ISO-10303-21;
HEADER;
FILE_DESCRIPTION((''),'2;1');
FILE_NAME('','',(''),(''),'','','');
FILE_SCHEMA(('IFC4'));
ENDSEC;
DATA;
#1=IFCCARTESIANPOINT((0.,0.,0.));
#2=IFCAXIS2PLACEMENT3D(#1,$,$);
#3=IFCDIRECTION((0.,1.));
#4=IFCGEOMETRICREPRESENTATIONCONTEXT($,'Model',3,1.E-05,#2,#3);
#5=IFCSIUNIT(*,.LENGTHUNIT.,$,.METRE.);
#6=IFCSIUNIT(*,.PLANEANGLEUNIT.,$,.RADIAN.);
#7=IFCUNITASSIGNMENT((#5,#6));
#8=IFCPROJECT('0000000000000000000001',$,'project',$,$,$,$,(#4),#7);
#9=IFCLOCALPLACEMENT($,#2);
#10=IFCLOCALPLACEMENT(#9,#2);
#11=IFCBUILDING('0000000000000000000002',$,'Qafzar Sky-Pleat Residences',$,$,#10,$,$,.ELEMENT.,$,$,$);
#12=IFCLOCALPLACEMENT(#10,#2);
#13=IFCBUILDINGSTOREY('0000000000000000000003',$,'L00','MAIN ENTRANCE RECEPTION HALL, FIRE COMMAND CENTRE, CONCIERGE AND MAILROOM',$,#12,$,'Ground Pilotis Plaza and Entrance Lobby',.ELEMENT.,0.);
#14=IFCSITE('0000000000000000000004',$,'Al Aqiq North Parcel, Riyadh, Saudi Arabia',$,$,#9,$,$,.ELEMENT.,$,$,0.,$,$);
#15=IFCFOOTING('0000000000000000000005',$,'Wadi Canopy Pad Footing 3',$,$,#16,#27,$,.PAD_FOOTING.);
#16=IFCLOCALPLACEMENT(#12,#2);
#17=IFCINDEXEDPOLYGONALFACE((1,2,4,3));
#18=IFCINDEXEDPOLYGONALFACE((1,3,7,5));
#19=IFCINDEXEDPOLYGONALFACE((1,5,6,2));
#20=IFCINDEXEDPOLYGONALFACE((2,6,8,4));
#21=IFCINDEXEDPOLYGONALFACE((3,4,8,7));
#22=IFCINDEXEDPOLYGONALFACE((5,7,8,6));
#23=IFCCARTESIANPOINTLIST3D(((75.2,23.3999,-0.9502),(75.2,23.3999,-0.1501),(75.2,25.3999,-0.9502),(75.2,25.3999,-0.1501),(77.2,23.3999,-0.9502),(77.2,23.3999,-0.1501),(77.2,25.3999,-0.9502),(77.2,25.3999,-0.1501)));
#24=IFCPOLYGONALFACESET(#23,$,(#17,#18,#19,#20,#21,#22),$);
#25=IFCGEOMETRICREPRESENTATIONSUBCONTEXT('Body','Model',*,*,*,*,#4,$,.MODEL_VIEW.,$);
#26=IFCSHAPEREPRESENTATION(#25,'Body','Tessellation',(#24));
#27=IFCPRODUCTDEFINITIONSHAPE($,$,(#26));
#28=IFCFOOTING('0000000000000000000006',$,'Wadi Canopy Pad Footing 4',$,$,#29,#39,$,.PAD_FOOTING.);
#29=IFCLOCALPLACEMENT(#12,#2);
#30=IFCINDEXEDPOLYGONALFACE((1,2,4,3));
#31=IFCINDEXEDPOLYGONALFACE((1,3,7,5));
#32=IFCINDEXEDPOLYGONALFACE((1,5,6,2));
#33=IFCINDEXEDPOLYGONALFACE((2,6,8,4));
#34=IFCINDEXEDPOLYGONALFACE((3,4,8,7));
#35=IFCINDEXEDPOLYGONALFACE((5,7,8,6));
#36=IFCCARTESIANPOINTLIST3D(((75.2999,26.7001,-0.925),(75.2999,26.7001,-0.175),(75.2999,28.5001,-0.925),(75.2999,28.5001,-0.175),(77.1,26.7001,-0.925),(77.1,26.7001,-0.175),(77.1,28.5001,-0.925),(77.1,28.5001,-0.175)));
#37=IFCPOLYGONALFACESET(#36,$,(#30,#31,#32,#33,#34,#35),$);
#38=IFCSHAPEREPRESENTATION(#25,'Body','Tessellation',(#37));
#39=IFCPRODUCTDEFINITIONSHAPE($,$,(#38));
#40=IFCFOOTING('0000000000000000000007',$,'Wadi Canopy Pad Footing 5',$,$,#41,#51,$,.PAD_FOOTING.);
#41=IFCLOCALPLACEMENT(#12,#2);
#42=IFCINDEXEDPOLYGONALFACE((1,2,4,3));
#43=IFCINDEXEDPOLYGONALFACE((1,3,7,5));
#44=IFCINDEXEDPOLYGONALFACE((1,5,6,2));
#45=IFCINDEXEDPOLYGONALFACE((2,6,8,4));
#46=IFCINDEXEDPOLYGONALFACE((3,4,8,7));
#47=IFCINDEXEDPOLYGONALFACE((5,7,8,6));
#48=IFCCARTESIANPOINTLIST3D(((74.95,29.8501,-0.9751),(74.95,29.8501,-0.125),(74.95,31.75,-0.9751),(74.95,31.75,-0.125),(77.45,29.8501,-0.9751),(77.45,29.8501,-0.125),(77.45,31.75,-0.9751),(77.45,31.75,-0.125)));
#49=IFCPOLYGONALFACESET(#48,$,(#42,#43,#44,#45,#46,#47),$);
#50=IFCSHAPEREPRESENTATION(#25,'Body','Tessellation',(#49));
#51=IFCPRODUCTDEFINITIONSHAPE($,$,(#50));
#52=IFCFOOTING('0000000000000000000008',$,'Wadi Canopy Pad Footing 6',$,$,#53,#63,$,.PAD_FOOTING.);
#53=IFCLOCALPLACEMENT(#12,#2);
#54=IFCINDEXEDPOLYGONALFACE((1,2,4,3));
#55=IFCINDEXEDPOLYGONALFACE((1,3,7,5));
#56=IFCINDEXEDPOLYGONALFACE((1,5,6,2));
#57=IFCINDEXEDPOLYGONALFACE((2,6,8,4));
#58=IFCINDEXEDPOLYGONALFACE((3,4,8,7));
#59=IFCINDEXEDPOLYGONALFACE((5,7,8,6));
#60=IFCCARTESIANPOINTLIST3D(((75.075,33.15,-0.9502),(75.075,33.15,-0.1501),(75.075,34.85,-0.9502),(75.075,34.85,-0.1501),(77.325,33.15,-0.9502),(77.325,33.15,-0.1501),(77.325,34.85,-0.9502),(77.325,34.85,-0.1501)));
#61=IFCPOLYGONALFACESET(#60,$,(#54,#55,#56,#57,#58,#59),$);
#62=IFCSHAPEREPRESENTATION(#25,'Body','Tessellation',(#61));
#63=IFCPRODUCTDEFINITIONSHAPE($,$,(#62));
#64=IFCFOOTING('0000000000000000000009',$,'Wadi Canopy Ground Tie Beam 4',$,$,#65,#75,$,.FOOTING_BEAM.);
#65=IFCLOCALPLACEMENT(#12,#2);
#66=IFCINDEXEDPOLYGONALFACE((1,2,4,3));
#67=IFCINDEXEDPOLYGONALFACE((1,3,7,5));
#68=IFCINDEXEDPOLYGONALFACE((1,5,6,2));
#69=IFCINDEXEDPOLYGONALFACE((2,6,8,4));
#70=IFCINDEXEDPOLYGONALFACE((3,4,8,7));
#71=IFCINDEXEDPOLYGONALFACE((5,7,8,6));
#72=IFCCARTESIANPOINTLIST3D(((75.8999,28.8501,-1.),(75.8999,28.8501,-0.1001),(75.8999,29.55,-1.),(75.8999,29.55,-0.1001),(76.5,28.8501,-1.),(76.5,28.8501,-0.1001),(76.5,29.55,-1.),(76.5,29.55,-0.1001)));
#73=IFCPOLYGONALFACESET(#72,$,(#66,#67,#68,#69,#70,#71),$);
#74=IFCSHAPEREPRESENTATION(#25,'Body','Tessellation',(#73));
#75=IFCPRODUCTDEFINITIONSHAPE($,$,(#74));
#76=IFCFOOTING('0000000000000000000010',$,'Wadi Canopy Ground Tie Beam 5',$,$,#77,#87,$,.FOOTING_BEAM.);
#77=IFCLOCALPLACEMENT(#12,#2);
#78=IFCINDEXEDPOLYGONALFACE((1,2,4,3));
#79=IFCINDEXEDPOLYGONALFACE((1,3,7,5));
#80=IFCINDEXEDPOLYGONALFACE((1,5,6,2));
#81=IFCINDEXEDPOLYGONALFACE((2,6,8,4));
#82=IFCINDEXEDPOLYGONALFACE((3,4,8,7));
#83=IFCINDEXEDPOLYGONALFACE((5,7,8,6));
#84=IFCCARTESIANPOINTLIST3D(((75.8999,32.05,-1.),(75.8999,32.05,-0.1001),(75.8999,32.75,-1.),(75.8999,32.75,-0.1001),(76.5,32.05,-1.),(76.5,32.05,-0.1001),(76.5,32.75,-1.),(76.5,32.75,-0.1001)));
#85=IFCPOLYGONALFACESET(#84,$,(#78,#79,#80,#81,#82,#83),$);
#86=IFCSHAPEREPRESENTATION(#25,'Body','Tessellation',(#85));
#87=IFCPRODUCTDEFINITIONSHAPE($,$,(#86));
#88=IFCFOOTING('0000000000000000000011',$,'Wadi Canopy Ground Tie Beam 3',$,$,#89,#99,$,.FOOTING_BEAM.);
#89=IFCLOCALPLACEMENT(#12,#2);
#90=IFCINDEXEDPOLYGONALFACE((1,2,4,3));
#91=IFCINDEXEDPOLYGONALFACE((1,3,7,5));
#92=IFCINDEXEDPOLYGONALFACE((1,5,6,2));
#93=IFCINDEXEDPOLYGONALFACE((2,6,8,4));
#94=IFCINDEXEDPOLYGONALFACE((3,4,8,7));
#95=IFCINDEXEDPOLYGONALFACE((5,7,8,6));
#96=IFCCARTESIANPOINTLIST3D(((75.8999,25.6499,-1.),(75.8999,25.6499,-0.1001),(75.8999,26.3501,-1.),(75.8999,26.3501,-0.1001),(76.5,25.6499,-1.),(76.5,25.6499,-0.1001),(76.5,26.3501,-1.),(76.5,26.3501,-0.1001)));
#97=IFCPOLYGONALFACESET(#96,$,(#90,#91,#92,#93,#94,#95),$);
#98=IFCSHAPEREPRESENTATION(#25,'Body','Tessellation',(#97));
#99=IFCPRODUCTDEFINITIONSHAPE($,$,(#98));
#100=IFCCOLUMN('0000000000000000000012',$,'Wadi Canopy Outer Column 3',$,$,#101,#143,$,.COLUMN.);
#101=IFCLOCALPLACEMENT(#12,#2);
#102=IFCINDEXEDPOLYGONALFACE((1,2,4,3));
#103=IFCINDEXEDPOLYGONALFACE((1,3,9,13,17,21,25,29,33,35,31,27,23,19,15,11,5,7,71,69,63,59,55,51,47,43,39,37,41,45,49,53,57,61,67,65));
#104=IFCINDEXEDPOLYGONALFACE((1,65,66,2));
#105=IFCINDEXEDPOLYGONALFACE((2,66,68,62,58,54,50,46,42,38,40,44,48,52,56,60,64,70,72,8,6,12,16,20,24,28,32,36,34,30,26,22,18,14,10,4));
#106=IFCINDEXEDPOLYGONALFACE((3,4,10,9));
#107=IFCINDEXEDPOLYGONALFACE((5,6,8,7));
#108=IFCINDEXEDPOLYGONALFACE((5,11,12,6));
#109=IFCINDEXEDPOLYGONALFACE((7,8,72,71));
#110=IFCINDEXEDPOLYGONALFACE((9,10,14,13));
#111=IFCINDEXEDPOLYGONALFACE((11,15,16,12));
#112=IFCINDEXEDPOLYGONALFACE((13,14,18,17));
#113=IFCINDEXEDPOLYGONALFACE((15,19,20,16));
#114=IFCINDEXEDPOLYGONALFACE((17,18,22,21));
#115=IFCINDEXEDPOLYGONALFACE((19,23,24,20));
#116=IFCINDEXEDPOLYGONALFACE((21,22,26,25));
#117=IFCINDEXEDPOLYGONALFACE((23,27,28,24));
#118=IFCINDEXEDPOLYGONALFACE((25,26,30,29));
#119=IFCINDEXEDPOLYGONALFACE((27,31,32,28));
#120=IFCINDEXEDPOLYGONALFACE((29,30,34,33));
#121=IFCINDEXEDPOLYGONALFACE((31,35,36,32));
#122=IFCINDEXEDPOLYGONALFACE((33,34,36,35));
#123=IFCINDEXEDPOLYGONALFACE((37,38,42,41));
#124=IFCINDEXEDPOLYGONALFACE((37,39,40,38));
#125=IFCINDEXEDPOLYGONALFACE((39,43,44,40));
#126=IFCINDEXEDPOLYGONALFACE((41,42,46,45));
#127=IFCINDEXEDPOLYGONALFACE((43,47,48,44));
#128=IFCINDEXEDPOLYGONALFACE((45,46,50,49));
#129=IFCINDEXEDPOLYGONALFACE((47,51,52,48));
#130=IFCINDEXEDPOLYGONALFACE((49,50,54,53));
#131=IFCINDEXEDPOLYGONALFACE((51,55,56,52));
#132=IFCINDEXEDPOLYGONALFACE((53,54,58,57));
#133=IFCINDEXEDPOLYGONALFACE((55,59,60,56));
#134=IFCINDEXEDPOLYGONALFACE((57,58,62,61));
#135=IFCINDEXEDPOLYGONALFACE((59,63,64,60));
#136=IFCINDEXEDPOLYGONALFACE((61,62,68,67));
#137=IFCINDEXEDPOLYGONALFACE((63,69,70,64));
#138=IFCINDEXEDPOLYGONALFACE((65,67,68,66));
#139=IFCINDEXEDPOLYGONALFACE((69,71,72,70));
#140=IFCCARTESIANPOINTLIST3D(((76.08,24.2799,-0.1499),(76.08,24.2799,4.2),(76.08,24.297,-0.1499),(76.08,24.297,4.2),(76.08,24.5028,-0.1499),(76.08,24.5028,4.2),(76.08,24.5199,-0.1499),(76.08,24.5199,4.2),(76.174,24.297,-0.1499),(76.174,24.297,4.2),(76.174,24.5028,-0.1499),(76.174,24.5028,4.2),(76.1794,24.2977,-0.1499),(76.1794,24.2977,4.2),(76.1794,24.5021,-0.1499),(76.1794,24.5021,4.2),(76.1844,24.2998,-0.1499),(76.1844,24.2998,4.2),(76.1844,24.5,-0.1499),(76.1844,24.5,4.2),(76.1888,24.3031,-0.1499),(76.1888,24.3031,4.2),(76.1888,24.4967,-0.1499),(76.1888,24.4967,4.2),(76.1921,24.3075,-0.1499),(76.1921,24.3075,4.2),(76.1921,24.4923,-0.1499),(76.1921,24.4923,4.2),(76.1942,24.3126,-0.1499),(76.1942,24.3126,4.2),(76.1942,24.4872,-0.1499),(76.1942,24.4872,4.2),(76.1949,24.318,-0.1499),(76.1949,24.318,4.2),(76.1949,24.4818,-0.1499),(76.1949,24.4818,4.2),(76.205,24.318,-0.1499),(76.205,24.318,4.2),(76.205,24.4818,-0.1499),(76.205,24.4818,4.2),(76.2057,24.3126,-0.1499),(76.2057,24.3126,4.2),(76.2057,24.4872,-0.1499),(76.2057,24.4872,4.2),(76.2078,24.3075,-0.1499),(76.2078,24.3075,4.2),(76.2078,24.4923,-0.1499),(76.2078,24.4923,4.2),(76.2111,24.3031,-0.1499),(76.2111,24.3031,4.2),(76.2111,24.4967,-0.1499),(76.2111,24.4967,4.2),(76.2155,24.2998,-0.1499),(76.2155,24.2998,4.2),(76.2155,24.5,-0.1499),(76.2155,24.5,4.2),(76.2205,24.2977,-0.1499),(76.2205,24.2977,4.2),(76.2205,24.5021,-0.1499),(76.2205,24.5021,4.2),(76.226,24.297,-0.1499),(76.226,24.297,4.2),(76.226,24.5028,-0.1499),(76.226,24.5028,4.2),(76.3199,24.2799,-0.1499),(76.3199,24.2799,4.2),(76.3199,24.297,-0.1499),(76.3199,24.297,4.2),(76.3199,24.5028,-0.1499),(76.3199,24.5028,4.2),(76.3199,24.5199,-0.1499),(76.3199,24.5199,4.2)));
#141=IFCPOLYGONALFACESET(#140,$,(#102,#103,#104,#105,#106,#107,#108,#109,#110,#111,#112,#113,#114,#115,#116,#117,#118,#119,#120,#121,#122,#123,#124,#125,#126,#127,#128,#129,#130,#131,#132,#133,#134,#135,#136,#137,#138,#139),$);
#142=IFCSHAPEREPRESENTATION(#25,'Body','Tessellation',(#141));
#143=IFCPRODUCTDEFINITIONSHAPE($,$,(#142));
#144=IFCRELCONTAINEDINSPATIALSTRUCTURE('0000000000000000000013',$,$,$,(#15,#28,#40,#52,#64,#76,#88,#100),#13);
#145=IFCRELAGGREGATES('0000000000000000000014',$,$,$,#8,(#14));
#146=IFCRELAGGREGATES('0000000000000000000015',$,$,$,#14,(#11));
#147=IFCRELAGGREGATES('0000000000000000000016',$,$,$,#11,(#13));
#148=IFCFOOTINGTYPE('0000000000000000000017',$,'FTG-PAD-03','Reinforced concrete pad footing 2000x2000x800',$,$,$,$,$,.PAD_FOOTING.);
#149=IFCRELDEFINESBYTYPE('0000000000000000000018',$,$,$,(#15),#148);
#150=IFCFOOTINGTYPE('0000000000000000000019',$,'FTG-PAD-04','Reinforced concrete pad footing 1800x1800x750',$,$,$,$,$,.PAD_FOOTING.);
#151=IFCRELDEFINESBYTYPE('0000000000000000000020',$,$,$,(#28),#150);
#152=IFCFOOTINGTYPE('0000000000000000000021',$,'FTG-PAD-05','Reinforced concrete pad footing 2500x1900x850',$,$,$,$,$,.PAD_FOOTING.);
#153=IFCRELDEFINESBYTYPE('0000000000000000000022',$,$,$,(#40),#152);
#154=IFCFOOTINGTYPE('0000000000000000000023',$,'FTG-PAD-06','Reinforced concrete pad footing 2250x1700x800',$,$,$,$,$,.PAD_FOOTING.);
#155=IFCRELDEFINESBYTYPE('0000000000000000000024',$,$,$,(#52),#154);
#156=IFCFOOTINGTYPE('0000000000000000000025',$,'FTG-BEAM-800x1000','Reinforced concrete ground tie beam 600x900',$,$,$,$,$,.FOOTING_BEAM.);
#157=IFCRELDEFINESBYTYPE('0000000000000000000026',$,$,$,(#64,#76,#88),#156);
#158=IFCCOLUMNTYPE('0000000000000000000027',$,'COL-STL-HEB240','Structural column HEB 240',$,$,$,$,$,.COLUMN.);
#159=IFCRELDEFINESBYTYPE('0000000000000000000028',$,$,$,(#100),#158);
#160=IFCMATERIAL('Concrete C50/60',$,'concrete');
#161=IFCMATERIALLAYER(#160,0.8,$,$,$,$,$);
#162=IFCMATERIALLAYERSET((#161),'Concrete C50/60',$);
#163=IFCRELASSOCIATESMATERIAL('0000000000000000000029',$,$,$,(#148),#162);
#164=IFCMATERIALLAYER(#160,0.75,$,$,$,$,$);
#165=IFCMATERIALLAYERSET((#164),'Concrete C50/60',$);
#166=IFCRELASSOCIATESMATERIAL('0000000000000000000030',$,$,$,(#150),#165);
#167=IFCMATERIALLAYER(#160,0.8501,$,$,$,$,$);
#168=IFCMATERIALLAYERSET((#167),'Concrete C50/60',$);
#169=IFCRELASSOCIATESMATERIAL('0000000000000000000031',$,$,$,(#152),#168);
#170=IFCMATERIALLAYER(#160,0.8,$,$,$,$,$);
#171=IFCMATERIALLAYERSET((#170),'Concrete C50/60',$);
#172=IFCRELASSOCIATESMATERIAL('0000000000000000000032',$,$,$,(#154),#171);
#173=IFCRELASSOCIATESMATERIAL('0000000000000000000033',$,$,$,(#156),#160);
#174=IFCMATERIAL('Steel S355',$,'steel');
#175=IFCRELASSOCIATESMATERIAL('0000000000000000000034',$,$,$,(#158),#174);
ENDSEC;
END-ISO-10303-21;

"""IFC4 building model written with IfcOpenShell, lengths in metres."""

from ifc_helpers import new_model, si_unit, direction, frame, origin, origin_2d, place, context, subcontext, project, spatial, rectangle, i_section, extrude, source, transform, mapped, material, layer, layer_set, material_profile, profile_set, type_object, element, save


model = new_model("IFC4")

# Units and contexts
model_context = context("Model", 3, precision=1e-05, world=origin(), true_north=direction((0.0, 1.0)))
body_context = subcontext(model_context, "Body", "Model", "MODEL_VIEW")
ifc_project = project(units=[si_unit("LENGTHUNIT", "METRE"), si_unit("PLANEANGLEUNIT", "RADIAN")], contexts=[model_context])

# Site, building, storey
site_placement = place(None, origin())
site = spatial("IfcSite", under=ifc_project, at=site_placement, Name="Al Aqiq North Parcel, Riyadh, Saudi Arabia", CompositionType="ELEMENT", RefElevation=0.0)
building_placement = place(site_placement, origin())
building = spatial("IfcBuilding", under=site, at=building_placement, Name="Qafzar Sky-Pleat Residences", CompositionType="ELEMENT")
storey_placement = place(building_placement, origin())
storey = spatial("IfcBuildingStorey", under=building, at=storey_placement, Name="L00", Description="MAIN ENTRANCE RECEPTION HALL, FIRE COMMAND CENTRE, CONCIERGE AND MAILROOM", LongName="Ground Pilotis Plaza and Entrance Lobby", CompositionType="ELEMENT", Elevation=0.0)

# Footings
ifc_material_1 = material(Name="Concrete C50/60", Category="concrete")
ifc_layer_1 = layer(ifc_material_1, 0.8)
ifc_layer_set_1 = layer_set([ifc_layer_1], Name="Concrete C50/60")
footing_type_1 = type_object("IfcFootingType", Name="FTG-PAD-03", Description="Reinforced concrete pad footing 2000x2000x800", PredefinedType="PAD_FOOTING", material=ifc_layer_set_1)
shared_shape_1 = source(origin(), body_context, "Body", "SweptSolid", [
    extrude(rectangle(XDim=2.0, YDim=2.0, at=origin_2d()), origin(), (0.0, 0.0, 1.0), 0.8),
])
footing_1_placement = place(storey_placement, frame((76.2, 24.3999, -0.9502), z_axis=(0.0, 0.0, 1.0), x_axis=(1.0, 0.0, 0.0)))
element("IfcFooting", 1, at=footing_1_placement, inside=storey, type_object=footing_type_1, Name="Wadi Canopy Pad Footing 3", PredefinedType="PAD_FOOTING", context=body_context, shape_type="MappedRepresentation", body=[
    mapped(shared_shape_1, transform((0.0, 0.0, 0.0), x_axis=(1.0, 0.0, 0.0), y_axis=(0.0, 1.0, 0.0), z_axis=(0.0, 0.0, 1.0), scale=1.0)),
])
ifc_layer_2 = layer(ifc_material_1, 0.75)
ifc_layer_set_2 = layer_set([ifc_layer_2], Name="Concrete C50/60")
footing_type_2 = type_object("IfcFootingType", Name="FTG-PAD-04", Description="Reinforced concrete pad footing 1800x1800x750", PredefinedType="PAD_FOOTING", material=ifc_layer_set_2)
shared_shape_2 = source(origin(), body_context, "Body", "SweptSolid", [
    extrude(rectangle(XDim=1.8, YDim=1.8, at=origin_2d()), origin(), (0.0, 0.0, 1.0), 0.75),
])
footing_2_placement = place(storey_placement, frame((76.2, 27.6001, -0.925), z_axis=(0.0, 0.0, 1.0), x_axis=(1.0, 0.0, 0.0)))
element("IfcFooting", 2, at=footing_2_placement, inside=storey, type_object=footing_type_2, Name="Wadi Canopy Pad Footing 4", PredefinedType="PAD_FOOTING", context=body_context, shape_type="MappedRepresentation", body=[
    mapped(shared_shape_2, transform((0.0, 0.0, 0.0), x_axis=(1.0, 0.0, 0.0), y_axis=(0.0, 1.0, 0.0), z_axis=(0.0, 0.0, 1.0), scale=1.0)),
])
ifc_layer_3 = layer(ifc_material_1, 0.8501)
ifc_layer_set_3 = layer_set([ifc_layer_3], Name="Concrete C50/60")
footing_type_3 = type_object("IfcFootingType", Name="FTG-PAD-05", Description="Reinforced concrete pad footing 2500x1900x850", PredefinedType="PAD_FOOTING", material=ifc_layer_set_3)
shared_shape_3 = source(origin(), body_context, "Body", "SweptSolid", [
    extrude(rectangle(XDim=2.5, YDim=1.8999, at=origin_2d()), origin(), (0.0, 0.0, 1.0), 0.8501),
])
footing_3_placement = place(storey_placement, frame((76.2, 30.8, -0.9751), z_axis=(0.0, 0.0, 1.0), x_axis=(1.0, 0.0, 0.0)))
element("IfcFooting", 3, at=footing_3_placement, inside=storey, type_object=footing_type_3, Name="Wadi Canopy Pad Footing 5", PredefinedType="PAD_FOOTING", context=body_context, shape_type="MappedRepresentation", body=[
    mapped(shared_shape_3, transform((0.0, 0.0, 0.0), x_axis=(1.0, 0.0, 0.0), y_axis=(0.0, 1.0, 0.0), z_axis=(0.0, 0.0, 1.0), scale=1.0)),
])
ifc_layer_4 = layer(ifc_material_1, 0.8)
ifc_layer_set_4 = layer_set([ifc_layer_4], Name="Concrete C50/60")
footing_type_4 = type_object("IfcFootingType", Name="FTG-PAD-06", Description="Reinforced concrete pad footing 2250x1700x800", PredefinedType="PAD_FOOTING", material=ifc_layer_set_4)
shared_shape_4 = source(origin(), body_context, "Body", "SweptSolid", [
    extrude(rectangle(XDim=2.25, YDim=1.7, at=origin_2d()), origin(), (0.0, 0.0, 1.0), 0.8),
])
footing_4_placement = place(storey_placement, frame((76.2, 34.0, -0.9502), z_axis=(0.0, 0.0, 1.0), x_axis=(1.0, 0.0, 0.0)))
element("IfcFooting", 4, at=footing_4_placement, inside=storey, type_object=footing_type_4, Name="Wadi Canopy Pad Footing 6", PredefinedType="PAD_FOOTING", context=body_context, shape_type="MappedRepresentation", body=[
    mapped(shared_shape_4, transform((0.0, 0.0, 0.0), x_axis=(1.0, 0.0, 0.0), y_axis=(0.0, 1.0, 0.0), z_axis=(0.0, 0.0, 1.0), scale=1.0)),
])
ifc_material_profile_1 = material_profile(ifc_material_1, rectangle(XDim=0.6001, YDim=0.8999, at=origin_2d()), Name="RC 600x900")
ifc_profile_set_1 = profile_set([ifc_material_profile_1], Name="Concrete C50/60")
footing_type_5 = type_object("IfcFootingType", Name="FTG-BEAM-800x1000", Description="Reinforced concrete ground tie beam 600x900", PredefinedType="FOOTING_BEAM", material=ifc_profile_set_1)
shared_shape_5 = source(origin(), body_context, "Body", "SweptSolid", [
    extrude(rectangle(XDim=0.6001, YDim=0.8999, at=origin_2d()), origin(), (0.0, 0.0, 1.0), 0.7),
])
for number, where, z_axis, x_axis, name in (
    (5, (76.2, 28.8501, -0.55), (0.0, 1.0, 0.0), (-1.0, 0.0, 0.0), "Wadi Canopy Ground Tie Beam 4"),
    (6, (76.2, 32.05, -0.55), (0.0, 1.0, 0.0), (-1.0, 0.0, 0.0), "Wadi Canopy Ground Tie Beam 5"),
):
    element("IfcFooting", number, at=place(storey_placement, frame(where, z_axis=z_axis, x_axis=x_axis)), inside=storey, type_object=footing_type_5, Name=name, PredefinedType="FOOTING_BEAM", context=body_context, shape_type="MappedRepresentation", body=[
        mapped(shared_shape_5, transform((0.0, 0.0, 0.0), x_axis=(1.0, 0.0, 0.0), y_axis=(0.0, 1.0, 0.0), z_axis=(0.0, 0.0, 1.0), scale=1.0)),
    ])
shared_shape_6 = source(origin(), body_context, "Body", "SweptSolid", [
    extrude(rectangle(XDim=0.6001, YDim=0.8999, at=origin_2d()), origin(), (0.0, 0.0, 1.0), 0.7002),
])
footing_5_placement = place(storey_placement, frame((76.2, 25.6499, -0.55), z_axis=(0.0, 1.0, 0.0), x_axis=(-1.0, 0.0, 0.0)))
element("IfcFooting", 7, at=footing_5_placement, inside=storey, type_object=footing_type_5, Name="Wadi Canopy Ground Tie Beam 3", PredefinedType="FOOTING_BEAM", context=body_context, shape_type="MappedRepresentation", body=[
    mapped(shared_shape_6, transform((0.0, 0.0, 0.0), x_axis=(1.0, 0.0, 0.0), y_axis=(0.0, 1.0, 0.0), z_axis=(0.0, 0.0, 1.0), scale=1.0)),
])

# Column
ifc_material_2 = material(Name="Steel S355", Category="steel")
ifc_material_profile_2 = material_profile(ifc_material_2, i_section(OverallWidth=0.24, OverallDepth=0.24, WebThickness=0.01, FlangeThickness=0.0171, FilletRadius=0.021, at=origin_2d()), Name="HEB 240")
ifc_profile_set_2 = profile_set([ifc_material_profile_2], Name="Steel S355")
column_type = type_object("IfcColumnType", Name="COL-STL-HEB240", Description="Structural column HEB 240", PredefinedType="COLUMN", material=ifc_profile_set_2)
shared_shape_7 = source(origin(), body_context, "Body", "SweptSolid", [
    extrude(i_section(OverallWidth=0.24, OverallDepth=0.24, WebThickness=0.01, FlangeThickness=0.0171, FilletRadius=0.021, at=origin_2d()), origin(), (0.0, 0.0, 1.0), 4.3499),
])
for number, where, z_axis, x_axis, name in (
    (8, (76.2, 24.3999, -0.1499), (0.0, 0.0, 1.0), (1.0, 0.0, 0.0), "Wadi Canopy Outer Column 3"),
):
    element("IfcColumn", number, at=place(storey_placement, frame(where, z_axis=z_axis, x_axis=x_axis)), inside=storey, type_object=column_type, Name=name, PredefinedType="COLUMN", context=body_context, shape_type="MappedRepresentation", body=[
        mapped(shared_shape_7, transform((0.0, 0.0, 0.0), x_axis=(1.0, 0.0, 0.0), y_axis=(0.0, 1.0, 0.0), z_axis=(0.0, 0.0, 1.0), scale=1.0)),
    ])

save(model, "model.ifc")
